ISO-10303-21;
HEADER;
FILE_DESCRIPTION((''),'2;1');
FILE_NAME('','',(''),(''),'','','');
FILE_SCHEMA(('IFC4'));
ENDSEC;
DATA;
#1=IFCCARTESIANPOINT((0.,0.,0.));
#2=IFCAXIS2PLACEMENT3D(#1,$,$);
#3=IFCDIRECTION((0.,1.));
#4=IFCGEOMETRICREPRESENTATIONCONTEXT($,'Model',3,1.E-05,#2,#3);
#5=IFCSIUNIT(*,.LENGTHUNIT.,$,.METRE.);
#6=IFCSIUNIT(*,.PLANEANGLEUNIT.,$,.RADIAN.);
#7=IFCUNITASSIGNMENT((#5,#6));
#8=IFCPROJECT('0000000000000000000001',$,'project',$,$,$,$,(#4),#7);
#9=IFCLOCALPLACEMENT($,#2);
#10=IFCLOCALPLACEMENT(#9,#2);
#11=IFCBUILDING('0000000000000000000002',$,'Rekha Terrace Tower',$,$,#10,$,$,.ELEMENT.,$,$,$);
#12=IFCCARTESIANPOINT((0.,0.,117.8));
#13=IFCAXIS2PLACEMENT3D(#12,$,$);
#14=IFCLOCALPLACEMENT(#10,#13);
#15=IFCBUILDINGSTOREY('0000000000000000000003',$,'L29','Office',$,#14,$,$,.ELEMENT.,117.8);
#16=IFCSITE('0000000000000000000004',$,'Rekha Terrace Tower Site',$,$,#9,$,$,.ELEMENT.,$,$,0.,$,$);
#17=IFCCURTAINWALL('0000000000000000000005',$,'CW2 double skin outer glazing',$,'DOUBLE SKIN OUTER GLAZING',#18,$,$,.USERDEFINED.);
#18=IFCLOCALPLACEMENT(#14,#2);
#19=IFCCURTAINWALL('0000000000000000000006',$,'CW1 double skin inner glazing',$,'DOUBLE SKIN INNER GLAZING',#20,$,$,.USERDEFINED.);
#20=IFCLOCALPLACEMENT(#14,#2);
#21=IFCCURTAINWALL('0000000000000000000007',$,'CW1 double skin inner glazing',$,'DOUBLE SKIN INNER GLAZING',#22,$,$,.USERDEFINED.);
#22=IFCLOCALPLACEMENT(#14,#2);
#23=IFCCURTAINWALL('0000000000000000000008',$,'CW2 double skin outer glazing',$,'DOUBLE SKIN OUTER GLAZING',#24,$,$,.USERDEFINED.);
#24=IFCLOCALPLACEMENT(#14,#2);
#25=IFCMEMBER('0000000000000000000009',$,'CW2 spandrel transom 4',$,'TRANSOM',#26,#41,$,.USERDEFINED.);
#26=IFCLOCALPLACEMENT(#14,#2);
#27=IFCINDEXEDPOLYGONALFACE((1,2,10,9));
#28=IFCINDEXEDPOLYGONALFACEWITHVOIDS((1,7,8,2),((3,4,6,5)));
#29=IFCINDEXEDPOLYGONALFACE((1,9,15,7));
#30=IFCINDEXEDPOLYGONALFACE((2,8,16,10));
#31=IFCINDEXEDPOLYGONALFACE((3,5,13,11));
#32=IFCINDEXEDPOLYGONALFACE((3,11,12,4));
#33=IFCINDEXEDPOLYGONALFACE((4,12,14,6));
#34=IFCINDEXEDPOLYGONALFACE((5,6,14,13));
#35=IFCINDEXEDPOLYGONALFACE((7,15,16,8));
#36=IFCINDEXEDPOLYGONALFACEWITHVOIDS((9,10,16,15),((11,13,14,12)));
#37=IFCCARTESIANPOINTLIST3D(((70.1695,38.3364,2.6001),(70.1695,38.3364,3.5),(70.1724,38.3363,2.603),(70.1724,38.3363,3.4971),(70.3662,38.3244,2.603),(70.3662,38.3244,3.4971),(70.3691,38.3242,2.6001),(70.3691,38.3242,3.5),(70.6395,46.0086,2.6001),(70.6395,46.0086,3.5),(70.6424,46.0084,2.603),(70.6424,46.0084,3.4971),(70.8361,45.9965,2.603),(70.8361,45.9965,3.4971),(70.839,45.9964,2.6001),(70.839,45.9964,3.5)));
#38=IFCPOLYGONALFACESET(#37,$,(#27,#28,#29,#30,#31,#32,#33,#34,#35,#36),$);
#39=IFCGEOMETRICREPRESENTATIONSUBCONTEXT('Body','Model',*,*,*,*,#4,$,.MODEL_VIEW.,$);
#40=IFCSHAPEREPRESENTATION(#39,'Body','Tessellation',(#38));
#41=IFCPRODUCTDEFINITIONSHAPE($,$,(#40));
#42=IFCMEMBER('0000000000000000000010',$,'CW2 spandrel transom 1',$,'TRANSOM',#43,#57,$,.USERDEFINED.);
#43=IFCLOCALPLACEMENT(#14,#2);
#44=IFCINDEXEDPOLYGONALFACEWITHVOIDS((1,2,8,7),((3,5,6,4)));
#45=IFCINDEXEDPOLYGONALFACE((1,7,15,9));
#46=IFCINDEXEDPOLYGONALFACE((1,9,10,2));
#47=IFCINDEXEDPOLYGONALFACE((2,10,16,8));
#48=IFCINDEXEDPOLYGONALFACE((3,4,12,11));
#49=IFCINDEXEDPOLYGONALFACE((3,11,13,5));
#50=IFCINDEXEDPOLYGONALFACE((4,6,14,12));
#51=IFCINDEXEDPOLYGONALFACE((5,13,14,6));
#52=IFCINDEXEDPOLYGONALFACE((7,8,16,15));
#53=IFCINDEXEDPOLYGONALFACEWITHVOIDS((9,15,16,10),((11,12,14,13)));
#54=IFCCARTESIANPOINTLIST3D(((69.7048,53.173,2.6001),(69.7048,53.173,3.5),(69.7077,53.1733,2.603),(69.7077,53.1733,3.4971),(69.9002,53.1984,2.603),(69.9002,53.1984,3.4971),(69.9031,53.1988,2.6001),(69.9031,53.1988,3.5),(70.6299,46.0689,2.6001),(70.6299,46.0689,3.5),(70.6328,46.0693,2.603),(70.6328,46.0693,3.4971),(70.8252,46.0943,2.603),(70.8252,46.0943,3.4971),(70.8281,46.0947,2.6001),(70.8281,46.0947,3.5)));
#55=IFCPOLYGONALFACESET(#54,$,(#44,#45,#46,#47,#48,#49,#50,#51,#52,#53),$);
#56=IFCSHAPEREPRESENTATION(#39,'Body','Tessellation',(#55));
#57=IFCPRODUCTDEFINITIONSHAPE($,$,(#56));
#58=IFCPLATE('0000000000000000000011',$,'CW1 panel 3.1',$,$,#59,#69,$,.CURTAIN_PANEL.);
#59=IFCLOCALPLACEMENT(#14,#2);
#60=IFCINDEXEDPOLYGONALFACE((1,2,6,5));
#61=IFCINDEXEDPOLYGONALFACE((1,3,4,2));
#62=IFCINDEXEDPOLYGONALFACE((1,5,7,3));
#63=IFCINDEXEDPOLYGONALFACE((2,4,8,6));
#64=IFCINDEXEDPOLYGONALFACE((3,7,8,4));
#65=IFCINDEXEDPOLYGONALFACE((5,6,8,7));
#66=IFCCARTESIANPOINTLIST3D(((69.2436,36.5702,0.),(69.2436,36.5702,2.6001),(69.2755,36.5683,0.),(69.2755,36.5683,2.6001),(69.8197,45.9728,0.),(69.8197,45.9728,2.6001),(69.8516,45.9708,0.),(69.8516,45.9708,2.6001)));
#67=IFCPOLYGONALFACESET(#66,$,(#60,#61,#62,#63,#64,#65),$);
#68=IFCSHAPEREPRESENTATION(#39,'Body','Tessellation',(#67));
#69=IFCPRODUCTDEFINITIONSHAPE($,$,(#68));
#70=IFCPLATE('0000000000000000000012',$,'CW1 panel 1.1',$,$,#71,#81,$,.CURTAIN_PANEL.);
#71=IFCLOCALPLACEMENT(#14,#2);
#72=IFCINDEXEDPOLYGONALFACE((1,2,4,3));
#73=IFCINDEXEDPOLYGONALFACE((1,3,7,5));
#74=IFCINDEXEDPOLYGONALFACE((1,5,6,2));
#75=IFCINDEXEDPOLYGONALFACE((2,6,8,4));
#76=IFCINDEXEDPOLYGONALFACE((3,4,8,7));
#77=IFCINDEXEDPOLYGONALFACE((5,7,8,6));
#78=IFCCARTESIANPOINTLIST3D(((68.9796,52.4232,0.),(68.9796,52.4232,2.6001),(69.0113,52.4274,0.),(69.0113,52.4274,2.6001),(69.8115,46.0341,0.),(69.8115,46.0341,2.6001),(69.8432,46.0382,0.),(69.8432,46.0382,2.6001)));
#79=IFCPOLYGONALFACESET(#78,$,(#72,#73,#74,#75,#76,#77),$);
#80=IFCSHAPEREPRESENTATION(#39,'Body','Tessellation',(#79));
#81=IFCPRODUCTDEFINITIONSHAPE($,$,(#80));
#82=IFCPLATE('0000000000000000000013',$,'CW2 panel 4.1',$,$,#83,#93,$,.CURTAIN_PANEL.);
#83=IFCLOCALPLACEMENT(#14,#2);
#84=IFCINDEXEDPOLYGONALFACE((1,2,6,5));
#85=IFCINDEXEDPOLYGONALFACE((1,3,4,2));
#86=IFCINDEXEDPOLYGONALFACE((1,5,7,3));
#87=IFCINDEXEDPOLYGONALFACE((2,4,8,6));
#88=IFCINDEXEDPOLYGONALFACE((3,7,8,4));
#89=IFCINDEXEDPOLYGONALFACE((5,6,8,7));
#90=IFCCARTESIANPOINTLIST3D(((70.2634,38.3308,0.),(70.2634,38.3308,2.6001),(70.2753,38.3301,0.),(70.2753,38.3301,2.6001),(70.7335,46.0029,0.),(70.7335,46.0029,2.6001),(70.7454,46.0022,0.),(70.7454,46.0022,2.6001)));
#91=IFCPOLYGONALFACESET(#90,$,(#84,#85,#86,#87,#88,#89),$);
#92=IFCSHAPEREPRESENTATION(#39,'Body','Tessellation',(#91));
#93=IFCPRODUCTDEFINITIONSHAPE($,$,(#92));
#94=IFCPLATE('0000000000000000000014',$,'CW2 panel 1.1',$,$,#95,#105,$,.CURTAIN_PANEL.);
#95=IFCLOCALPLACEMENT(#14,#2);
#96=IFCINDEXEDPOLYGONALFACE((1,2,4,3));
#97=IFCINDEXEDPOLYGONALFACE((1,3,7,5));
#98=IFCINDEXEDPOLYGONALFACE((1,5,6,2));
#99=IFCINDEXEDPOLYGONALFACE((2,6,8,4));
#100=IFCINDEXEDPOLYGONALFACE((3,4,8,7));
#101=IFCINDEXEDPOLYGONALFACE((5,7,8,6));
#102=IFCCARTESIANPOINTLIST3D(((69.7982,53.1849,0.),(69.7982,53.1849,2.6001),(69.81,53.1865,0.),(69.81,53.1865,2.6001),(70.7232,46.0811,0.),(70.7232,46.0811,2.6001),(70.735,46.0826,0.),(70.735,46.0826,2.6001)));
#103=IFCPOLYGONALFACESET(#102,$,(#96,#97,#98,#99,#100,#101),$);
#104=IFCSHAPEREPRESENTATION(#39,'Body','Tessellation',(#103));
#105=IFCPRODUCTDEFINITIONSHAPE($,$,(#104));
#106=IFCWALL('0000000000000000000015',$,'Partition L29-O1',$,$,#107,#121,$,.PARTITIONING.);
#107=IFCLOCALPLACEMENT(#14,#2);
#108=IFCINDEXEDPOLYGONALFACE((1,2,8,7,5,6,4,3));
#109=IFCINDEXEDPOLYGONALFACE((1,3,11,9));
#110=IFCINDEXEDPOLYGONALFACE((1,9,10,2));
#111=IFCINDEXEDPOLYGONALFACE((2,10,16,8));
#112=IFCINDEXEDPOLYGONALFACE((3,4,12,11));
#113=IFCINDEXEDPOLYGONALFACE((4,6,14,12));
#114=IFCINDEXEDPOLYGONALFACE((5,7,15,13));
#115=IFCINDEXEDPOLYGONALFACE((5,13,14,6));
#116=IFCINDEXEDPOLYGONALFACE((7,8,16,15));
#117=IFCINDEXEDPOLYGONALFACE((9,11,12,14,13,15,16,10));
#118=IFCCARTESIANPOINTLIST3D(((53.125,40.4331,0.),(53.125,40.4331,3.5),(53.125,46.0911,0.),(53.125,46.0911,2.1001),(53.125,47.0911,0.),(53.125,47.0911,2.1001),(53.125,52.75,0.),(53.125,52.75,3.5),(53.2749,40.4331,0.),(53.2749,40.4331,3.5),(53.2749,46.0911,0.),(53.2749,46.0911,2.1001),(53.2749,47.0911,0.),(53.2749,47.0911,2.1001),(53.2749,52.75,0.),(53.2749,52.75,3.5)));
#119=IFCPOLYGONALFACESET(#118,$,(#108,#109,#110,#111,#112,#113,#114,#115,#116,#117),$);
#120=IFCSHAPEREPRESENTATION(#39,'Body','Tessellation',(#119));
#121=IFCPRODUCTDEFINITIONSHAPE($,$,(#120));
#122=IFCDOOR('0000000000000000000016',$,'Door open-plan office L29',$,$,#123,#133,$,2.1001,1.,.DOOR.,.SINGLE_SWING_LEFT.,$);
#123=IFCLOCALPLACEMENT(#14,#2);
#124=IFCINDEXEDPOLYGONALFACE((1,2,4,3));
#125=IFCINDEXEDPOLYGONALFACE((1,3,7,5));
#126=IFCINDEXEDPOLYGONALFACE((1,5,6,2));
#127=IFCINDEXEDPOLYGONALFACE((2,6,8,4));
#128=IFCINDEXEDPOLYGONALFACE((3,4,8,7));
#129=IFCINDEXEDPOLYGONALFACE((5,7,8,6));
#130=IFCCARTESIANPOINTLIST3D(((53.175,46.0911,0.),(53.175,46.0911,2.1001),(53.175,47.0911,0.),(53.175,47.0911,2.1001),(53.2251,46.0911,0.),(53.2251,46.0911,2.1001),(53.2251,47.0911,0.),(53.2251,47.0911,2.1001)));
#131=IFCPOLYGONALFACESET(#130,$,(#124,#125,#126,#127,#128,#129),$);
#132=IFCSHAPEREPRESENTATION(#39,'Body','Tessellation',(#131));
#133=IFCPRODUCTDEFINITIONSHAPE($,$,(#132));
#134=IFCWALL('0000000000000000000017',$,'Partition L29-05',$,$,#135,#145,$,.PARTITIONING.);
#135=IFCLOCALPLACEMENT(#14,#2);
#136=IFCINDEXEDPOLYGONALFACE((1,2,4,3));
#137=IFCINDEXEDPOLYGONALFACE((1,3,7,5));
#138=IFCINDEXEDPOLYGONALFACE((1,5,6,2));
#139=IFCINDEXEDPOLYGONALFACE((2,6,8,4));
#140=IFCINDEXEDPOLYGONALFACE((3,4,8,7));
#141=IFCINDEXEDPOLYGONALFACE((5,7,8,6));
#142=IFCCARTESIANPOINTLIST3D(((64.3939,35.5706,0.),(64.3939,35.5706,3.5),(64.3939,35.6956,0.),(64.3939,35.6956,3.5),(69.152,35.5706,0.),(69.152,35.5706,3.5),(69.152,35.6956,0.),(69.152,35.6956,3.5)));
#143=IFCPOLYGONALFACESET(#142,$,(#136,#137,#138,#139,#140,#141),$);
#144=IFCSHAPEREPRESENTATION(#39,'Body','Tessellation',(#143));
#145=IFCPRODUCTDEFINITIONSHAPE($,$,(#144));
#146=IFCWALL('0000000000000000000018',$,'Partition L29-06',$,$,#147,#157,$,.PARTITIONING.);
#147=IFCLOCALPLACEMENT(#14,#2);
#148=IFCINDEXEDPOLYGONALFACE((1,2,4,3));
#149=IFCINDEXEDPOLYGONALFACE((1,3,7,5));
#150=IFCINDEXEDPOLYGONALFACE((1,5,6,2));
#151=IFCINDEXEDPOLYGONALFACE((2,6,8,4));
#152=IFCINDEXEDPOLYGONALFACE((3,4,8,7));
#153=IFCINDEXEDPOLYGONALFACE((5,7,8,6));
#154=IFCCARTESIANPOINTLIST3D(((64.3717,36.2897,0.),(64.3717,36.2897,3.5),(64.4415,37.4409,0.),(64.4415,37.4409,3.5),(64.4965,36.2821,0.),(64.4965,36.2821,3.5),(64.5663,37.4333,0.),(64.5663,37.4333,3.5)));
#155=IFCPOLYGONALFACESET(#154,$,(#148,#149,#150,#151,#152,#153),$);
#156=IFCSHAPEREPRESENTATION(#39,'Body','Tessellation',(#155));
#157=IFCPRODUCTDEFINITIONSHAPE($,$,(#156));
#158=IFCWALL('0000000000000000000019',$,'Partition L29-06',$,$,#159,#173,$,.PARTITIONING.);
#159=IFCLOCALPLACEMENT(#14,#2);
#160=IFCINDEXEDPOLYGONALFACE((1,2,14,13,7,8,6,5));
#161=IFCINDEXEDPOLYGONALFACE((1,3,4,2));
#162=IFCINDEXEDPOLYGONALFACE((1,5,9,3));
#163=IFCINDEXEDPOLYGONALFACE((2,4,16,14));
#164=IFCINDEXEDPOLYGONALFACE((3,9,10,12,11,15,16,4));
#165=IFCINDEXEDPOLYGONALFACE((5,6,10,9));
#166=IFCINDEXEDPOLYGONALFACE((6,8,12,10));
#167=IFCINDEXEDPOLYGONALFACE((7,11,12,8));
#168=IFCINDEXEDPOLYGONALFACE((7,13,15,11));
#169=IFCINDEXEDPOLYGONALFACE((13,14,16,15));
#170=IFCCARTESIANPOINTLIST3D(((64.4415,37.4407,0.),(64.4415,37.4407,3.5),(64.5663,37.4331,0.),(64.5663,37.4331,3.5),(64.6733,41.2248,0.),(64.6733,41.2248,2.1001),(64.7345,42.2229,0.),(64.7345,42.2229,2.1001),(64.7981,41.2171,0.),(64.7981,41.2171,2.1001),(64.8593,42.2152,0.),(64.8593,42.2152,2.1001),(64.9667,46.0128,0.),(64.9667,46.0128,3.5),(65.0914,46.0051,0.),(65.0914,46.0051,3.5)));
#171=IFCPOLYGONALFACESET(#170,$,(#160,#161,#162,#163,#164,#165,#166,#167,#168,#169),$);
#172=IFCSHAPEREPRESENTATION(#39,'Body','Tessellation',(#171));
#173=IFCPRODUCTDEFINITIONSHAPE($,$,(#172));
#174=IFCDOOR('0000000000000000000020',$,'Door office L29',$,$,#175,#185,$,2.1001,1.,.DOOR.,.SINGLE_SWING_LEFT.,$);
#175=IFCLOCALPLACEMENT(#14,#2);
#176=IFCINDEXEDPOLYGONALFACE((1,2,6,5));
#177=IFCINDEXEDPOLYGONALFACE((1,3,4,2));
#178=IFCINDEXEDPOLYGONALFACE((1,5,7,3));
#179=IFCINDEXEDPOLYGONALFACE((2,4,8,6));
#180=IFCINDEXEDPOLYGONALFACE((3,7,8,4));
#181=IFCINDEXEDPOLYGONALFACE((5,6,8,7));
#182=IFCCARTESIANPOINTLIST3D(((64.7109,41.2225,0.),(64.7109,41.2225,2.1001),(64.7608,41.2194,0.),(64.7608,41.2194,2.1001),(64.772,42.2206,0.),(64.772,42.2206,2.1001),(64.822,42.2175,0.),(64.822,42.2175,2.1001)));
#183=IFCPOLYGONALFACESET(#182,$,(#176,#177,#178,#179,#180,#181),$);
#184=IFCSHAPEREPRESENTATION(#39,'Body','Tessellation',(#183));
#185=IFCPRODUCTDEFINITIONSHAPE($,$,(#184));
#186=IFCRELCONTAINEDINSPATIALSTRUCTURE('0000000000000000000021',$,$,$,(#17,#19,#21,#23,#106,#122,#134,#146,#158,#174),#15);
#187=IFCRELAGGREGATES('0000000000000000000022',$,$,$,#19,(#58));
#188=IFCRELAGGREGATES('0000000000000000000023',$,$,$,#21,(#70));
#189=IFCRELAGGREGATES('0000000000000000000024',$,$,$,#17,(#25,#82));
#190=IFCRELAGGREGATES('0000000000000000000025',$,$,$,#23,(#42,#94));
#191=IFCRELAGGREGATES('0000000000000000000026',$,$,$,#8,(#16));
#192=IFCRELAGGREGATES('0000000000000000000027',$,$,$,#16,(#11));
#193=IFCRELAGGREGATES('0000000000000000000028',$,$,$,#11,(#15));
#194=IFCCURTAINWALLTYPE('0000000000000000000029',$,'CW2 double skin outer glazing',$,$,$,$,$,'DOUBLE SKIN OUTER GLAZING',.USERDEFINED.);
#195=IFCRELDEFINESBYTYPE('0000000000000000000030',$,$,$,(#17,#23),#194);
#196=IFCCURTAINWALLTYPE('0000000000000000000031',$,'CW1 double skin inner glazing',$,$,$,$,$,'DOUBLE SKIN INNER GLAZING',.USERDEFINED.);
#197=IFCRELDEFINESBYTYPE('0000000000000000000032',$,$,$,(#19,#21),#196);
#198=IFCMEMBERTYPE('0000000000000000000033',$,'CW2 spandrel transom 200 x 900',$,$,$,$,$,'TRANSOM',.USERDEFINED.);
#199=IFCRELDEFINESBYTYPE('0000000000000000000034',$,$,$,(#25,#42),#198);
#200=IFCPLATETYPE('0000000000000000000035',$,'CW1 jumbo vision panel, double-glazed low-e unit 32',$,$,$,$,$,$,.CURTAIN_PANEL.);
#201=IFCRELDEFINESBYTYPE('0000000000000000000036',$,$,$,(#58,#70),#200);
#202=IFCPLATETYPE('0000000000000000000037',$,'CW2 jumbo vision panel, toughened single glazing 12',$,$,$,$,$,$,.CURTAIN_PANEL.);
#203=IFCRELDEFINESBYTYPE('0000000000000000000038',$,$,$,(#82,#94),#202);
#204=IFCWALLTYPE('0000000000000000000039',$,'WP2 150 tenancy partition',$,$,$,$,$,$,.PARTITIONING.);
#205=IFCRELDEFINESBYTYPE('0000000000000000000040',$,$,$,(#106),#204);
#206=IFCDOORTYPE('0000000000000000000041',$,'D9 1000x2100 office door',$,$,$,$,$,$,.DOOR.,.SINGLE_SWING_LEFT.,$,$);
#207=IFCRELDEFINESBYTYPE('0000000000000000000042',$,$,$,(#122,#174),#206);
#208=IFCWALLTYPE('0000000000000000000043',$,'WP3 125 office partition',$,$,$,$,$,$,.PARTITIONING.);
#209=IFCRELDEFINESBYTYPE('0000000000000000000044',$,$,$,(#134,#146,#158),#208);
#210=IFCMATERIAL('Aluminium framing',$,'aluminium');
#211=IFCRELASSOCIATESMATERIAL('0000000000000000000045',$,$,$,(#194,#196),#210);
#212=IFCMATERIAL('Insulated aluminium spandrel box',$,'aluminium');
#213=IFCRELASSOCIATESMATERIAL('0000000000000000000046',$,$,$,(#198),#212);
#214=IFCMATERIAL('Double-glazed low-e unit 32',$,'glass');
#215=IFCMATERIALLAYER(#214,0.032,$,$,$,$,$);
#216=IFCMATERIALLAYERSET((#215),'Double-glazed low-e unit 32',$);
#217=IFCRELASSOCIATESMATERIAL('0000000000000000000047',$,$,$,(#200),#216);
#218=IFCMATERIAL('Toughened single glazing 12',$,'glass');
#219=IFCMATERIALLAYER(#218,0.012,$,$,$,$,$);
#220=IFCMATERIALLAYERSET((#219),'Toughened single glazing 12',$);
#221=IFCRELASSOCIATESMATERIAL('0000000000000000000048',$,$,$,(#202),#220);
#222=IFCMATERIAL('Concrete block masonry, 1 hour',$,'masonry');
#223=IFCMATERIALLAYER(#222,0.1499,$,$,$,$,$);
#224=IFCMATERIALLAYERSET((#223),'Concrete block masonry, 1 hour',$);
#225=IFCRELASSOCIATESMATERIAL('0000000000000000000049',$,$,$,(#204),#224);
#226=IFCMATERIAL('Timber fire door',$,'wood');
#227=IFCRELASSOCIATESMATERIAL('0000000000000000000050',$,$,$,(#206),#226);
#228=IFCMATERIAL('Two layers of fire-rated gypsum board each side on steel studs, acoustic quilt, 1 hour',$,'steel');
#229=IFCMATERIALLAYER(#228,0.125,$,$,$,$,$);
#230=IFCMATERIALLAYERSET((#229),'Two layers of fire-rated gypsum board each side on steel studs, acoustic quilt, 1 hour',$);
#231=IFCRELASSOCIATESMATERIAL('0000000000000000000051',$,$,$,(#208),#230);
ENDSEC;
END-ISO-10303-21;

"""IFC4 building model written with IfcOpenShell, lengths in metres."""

from ifc_helpers import new_model, si_unit, direction, frame, frame_2d, origin, origin_2d, place, context, subcontext, project, spatial, rectangle, hollow_rectangle, extrude, material, layer, layer_set, material_profile, profile_set, type_object, element, fill, aggregate, save


model = new_model("IFC4")

# Units and contexts
model_context = context("Model", 3, precision=1e-05, world=origin(), true_north=direction((0.0, 1.0)))
body_context = subcontext(model_context, "Body", "Model", "MODEL_VIEW")
ifc_project = project(units=[si_unit("LENGTHUNIT", "METRE"), si_unit("PLANEANGLEUNIT", "RADIAN")], contexts=[model_context])

# Site, building, storey
site_placement = place(None, origin())
site = spatial("IfcSite", under=ifc_project, at=site_placement, Name="Rekha Terrace Tower Site", CompositionType="ELEMENT", RefElevation=0.0)
building_placement = place(site_placement, origin())
building = spatial("IfcBuilding", under=site, at=building_placement, Name="Rekha Terrace Tower", CompositionType="ELEMENT")
storey_placement = place(building_placement, frame((0.0, 0.0, 117.8)))
storey = spatial("IfcBuildingStorey", under=building, at=storey_placement, Name="L29", Description="Office", CompositionType="ELEMENT", Elevation=117.8)

# Curtain walls
ifc_material_1 = material(Name="Aluminium framing", Category="aluminium")
curtain_wall_type_1 = type_object("IfcCurtainWallType", Name="CW2 double skin outer glazing", ElementType="DOUBLE SKIN OUTER GLAZING", PredefinedType="USERDEFINED", material=ifc_material_1)
curtain_wall_1_placement = place(storey_placement, origin())
curtain_wall_1 = element("IfcCurtainWall", 1, at=curtain_wall_1_placement, inside=storey, type_object=curtain_wall_type_1, Name="CW2 double skin outer glazing", ObjectType="DOUBLE SKIN OUTER GLAZING", PredefinedType="USERDEFINED")
curtain_wall_type_2 = type_object("IfcCurtainWallType", Name="CW1 double skin inner glazing", ElementType="DOUBLE SKIN INNER GLAZING", PredefinedType="USERDEFINED", material=ifc_material_1)
curtain_wall_2_placement = place(storey_placement, origin())
curtain_wall_2 = element("IfcCurtainWall", 2, at=curtain_wall_2_placement, inside=storey, type_object=curtain_wall_type_2, Name="CW1 double skin inner glazing", ObjectType="DOUBLE SKIN INNER GLAZING", PredefinedType="USERDEFINED")
curtain_wall_3_placement = place(storey_placement, origin())
curtain_wall_3 = element("IfcCurtainWall", 3, at=curtain_wall_3_placement, inside=storey, type_object=curtain_wall_type_2, Name="CW1 double skin inner glazing", ObjectType="DOUBLE SKIN INNER GLAZING", PredefinedType="USERDEFINED")

# Shared definitions
ifc_material_2 = material(Name="Insulated aluminium spandrel box", Category="aluminium")

# Curtain wall
curtain_wall_4_placement = place(storey_placement, origin())
curtain_wall_4 = element("IfcCurtainWall", 4, at=curtain_wall_4_placement, inside=storey, type_object=curtain_wall_type_1, Name="CW2 double skin outer glazing", ObjectType="DOUBLE SKIN OUTER GLAZING", PredefinedType="USERDEFINED")

# Members
ifc_material_profile_1 = material_profile(ifc_material_2, hollow_rectangle(XDim=0.2, YDim=0.8999, WallThickness=0.0029, at=origin_2d()), Name="AL SPANDREL BOX 200x900")
ifc_profile_set_1 = profile_set([ifc_material_profile_1], Name="Insulated aluminium spandrel box")
member_type_1 = type_object("IfcMemberType", Name="CW2 spandrel transom 200 x 900", ElementType="TRANSOM", PredefinedType="USERDEFINED", material=ifc_profile_set_1)
member_1_placement = place(storey_placement, frame((70.2693, 38.3303, 3.05), z_axis=(0.061142, 0.998129, 0.0), x_axis=(-0.998129, 0.061142, 0.0)))
member_1 = element("IfcMember", 5, at=member_1_placement, type_object=member_type_1, Name="CW2 spandrel transom 4", ObjectType="TRANSOM", PredefinedType="USERDEFINED", context=body_context, shape_type="SweptSolid", body=[
    extrude(hollow_rectangle(XDim=0.2, YDim=0.8999, WallThickness=0.0029, at=origin_2d()), origin(), (0.0, 0.0, 1.0), 7.6865),
])
member_2_placement = place(storey_placement, frame((70.729, 46.0818, 3.05), z_axis=(-0.129125, 0.991628, 0.0), x_axis=(-0.991628, -0.129125, 0.0)))
member_2 = element("IfcMember", 6, at=member_2_placement, type_object=member_type_1, Name="CW2 spandrel transom 1", ObjectType="TRANSOM", PredefinedType="USERDEFINED", context=body_context, shape_type="SweptSolid", body=[
    extrude(hollow_rectangle(XDim=0.2, YDim=0.8999, WallThickness=0.0029, at=origin_2d()), origin(), (0.0, 0.0, 1.0), 7.1641),
])

# Plates
ifc_material_3 = material(Name="Double-glazed low-e unit 32", Category="glass")
ifc_layer_1 = layer(ifc_material_3, 0.032)
ifc_layer_set_1 = layer_set([ifc_layer_1], Name="Double-glazed low-e unit 32")
plate_type_1 = type_object("IfcPlateType", Name="CW1 jumbo vision panel, double-glazed low-e unit 32", PredefinedType="CURTAIN_PANEL", material=ifc_layer_set_1)
plate_1_placement = place(storey_placement, frame((69.5476, 41.2705, 0.0), z_axis=(0.0, 0.0, 1.0), x_axis=(0.06116, 0.998128, 0.0)))
plate_1 = element("IfcPlate", 7, at=plate_1_placement, type_object=plate_type_1, Name="CW1 panel 3.1", PredefinedType="CURTAIN_PANEL", context=body_context, shape_type="SweptSolid", body=[
    extrude(rectangle(XDim=9.4202, YDim=0.032, at=origin_2d()), origin(), (0.0, 0.0, 1.0), 2.6001),
])
aggregate(curtain_wall_2, [plate_1])
plate_2_placement = place(storey_placement, frame((69.4114, 49.2307, 0.0), z_axis=(0.0, 0.0, 1.0), x_axis=(-0.129118, 0.991629, 0.0)))
plate_2 = element("IfcPlate", 8, at=plate_2_placement, type_object=plate_type_1, Name="CW1 panel 1.1", PredefinedType="CURTAIN_PANEL", context=body_context, shape_type="SweptSolid", body=[
    extrude(rectangle(XDim=6.4431, YDim=0.032, at=origin_2d()), origin(), (0.0, 0.0, 1.0), 2.6001),
])
aggregate(curtain_wall_3, [plate_2])
ifc_material_4 = material(Name="Toughened single glazing 12", Category="glass")
ifc_layer_2 = layer(ifc_material_4, 0.012)
ifc_layer_set_2 = layer_set([ifc_layer_2], Name="Toughened single glazing 12")
plate_type_2 = type_object("IfcPlateType", Name="CW2 jumbo vision panel, toughened single glazing 12", PredefinedType="CURTAIN_PANEL", material=ifc_layer_set_2)
plate_3_placement = place(storey_placement, frame((70.5044, 42.1665, 0.0), z_axis=(0.0, 0.0, 1.0), x_axis=(0.06116, 0.998128, 0.0)))
plate_3 = element("IfcPlate", 9, at=plate_3_placement, type_object=plate_type_2, Name="CW2 panel 4.1", PredefinedType="CURTAIN_PANEL", context=body_context, shape_type="SweptSolid", body=[
    extrude(rectangle(XDim=7.6865, YDim=0.012, at=origin_2d()), origin(), (0.0, 0.0, 1.0), 2.6001),
])
aggregate(curtain_wall_1, [member_1, plate_3])
plate_4_placement = place(storey_placement, frame((70.2666, 49.6338, 0.0), z_axis=(0.0, 0.0, 1.0), x_axis=(-0.129118, 0.991629, 0.0)))
plate_4 = element("IfcPlate", 10, at=plate_4_placement, type_object=plate_type_2, Name="CW2 panel 1.1", PredefinedType="CURTAIN_PANEL", context=body_context, shape_type="SweptSolid", body=[
    extrude(rectangle(XDim=7.1638, YDim=0.012, at=origin_2d()), origin(), (0.0, 0.0, 1.0), 2.6001),
])
aggregate(curtain_wall_4, [member_2, plate_4])

# Wall, opening, door
ifc_material_5 = material(Name="Concrete block masonry, 1 hour", Category="masonry")
ifc_layer_3 = layer(ifc_material_5, 0.1499)
ifc_layer_set_3 = layer_set([ifc_layer_3], Name="Concrete block masonry, 1 hour")
wall_type_1 = type_object("IfcWallType", Name="WP2 150 tenancy partition", PredefinedType="PARTITIONING", material=ifc_layer_set_3)
wall_1_placement = place(storey_placement, frame((53.2, 40.4331, 0.0), z_axis=(0.0, 0.0, 1.0), x_axis=(0.0, 1.0, 0.0)))
wall_1 = element("IfcWall", 11, at=wall_1_placement, inside=storey, type_object=wall_type_1, Name="Partition L29-O1", PredefinedType="PARTITIONING", context=body_context, shape_type="SweptSolid", body=[
    extrude(rectangle(XDim=12.3169, YDim=0.1499, at=frame_2d((6.1584, 0.0))), origin(), (0.0, 0.0, 1.0), 3.5),
])
opening_1_placement = place(wall_1_placement, frame((5.658, 0.0, 0.0)))
opening_1 = element("IfcOpeningElement", 12, at=opening_1_placement, cuts=wall_1, PredefinedType="OPENING", context=body_context, shape_type="SweptSolid", body=[
    extrude(rectangle(XDim=1.0, YDim=2.1001, at=frame_2d((0.5, 1.05))), frame((0.0, 0.085, 0.0), z_axis=(0.0, -1.0, 0.0), x_axis=(1.0, 0.0, 0.0)), (0.0, 0.0, 1.0), 0.1699),
])
ifc_material_6 = material(Name="Timber fire door", Category="wood")
door_type_1 = type_object("IfcDoorType", Name="D9 1000x2100 office door", OperationType="SINGLE_SWING_LEFT", PredefinedType="DOOR", material=ifc_material_6)
door_1_placement = place(opening_1_placement, origin())
door_1 = element("IfcDoor", 13, at=door_1_placement, inside=storey, type_object=door_type_1, Name="Door open-plan office L29", OperationType="SINGLE_SWING_LEFT", OverallHeight=2.1001, OverallWidth=1.0, PredefinedType="DOOR", context=body_context, shape_type="SweptSolid", body=[
    extrude(rectangle(XDim=1.0, YDim=2.1001, at=frame_2d((0.5, 1.05))), frame((0.0, 0.0249, 0.0), z_axis=(0.0, -1.0, 0.0), x_axis=(1.0, 0.0, 0.0)), (0.0, 0.0, 1.0), 0.05),
])
fill(opening_1, door_1)

# Walls
ifc_material_7 = material(Name="Two layers of fire-rated gypsum board each side on steel studs, acoustic quilt, 1 hour", Category="steel")
ifc_layer_4 = layer(ifc_material_7, 0.125)
ifc_layer_set_4 = layer_set([ifc_layer_4], Name="Two layers of fire-rated gypsum board each side on steel studs, acoustic quilt, 1 hour")
wall_type_2 = type_object("IfcWallType", Name="WP3 125 office partition", PredefinedType="PARTITIONING", material=ifc_layer_set_4)
wall_2_placement = place(storey_placement, frame((64.394, 35.6331, 0.0), z_axis=(0.0, 0.0, 1.0), x_axis=(1.0, 0.0, 0.0)))
element("IfcWall", 14, at=wall_2_placement, inside=storey, type_object=wall_type_2, Name="Partition L29-05", PredefinedType="PARTITIONING", context=body_context, shape_type="SweptSolid", body=[
    extrude(rectangle(XDim=4.7581, YDim=0.125, at=frame_2d((2.3789, 0.0))), origin(), (0.0, 0.0, 1.0), 3.5),
])
wall_3_placement = place(storey_placement, frame((64.4341, 36.2859, 0.0), z_axis=(0.0, 0.0, 1.0), x_axis=(0.060546, 0.998165, 0.0)))
element("IfcWall", 15, at=wall_3_placement, inside=storey, type_object=wall_type_2, Name="Partition L29-06", PredefinedType="PARTITIONING", context=body_context, shape_type="SweptSolid", body=[
    extrude(rectangle(XDim=1.1533, YDim=0.125, at=frame_2d((0.5767, 0.0))), origin(), (0.0, 0.0, 1.0), 3.5),
])

# Wall, opening, door
wall_4_placement = place(storey_placement, frame((64.5039, 37.437, 0.0), z_axis=(0.0, 0.0, 1.0), x_axis=(0.061148, 0.998129, 0.0)))
wall_4 = element("IfcWall", 16, at=wall_4_placement, inside=storey, type_object=wall_type_2, Name="Partition L29-06", PredefinedType="PARTITIONING", context=body_context, shape_type="SweptSolid", body=[
    extrude(rectangle(XDim=8.5881, YDim=0.125, at=frame_2d((4.2939, 0.0))), origin(), (0.0, 0.0, 1.0), 3.5),
])
opening_2_placement = place(wall_4_placement, frame((3.791, 0.0, 0.0)))
opening_2 = element("IfcOpeningElement", 17, at=opening_2_placement, cuts=wall_4, PredefinedType="OPENING", context=body_context, shape_type="SweptSolid", body=[
    extrude(rectangle(XDim=1.0, YDim=2.1001, at=frame_2d((0.5, 1.05))), frame((0.0, 0.0725, 0.0), z_axis=(0.0, -1.0, 0.0), x_axis=(1.0, 0.0, 0.0)), (0.0, 0.0, 1.0), 0.145),
])
door_2_placement = place(opening_2_placement, origin())
door_2 = element("IfcDoor", 18, at=door_2_placement, inside=storey, type_object=door_type_1, Name="Door office L29", OperationType="SINGLE_SWING_LEFT", OverallHeight=2.1001, OverallWidth=1.0, PredefinedType="DOOR", context=body_context, shape_type="SweptSolid", body=[
    extrude(rectangle(XDim=1.0, YDim=2.1001, at=frame_2d((0.5, 1.05))), frame((0.0, 0.0249, 0.0), z_axis=(0.0, -1.0, 0.0), x_axis=(1.0, 0.0, 0.0)), (0.0, 0.0, 1.0), 0.05),
])
fill(opening_2, door_2)

save(model, "model.ifc")
